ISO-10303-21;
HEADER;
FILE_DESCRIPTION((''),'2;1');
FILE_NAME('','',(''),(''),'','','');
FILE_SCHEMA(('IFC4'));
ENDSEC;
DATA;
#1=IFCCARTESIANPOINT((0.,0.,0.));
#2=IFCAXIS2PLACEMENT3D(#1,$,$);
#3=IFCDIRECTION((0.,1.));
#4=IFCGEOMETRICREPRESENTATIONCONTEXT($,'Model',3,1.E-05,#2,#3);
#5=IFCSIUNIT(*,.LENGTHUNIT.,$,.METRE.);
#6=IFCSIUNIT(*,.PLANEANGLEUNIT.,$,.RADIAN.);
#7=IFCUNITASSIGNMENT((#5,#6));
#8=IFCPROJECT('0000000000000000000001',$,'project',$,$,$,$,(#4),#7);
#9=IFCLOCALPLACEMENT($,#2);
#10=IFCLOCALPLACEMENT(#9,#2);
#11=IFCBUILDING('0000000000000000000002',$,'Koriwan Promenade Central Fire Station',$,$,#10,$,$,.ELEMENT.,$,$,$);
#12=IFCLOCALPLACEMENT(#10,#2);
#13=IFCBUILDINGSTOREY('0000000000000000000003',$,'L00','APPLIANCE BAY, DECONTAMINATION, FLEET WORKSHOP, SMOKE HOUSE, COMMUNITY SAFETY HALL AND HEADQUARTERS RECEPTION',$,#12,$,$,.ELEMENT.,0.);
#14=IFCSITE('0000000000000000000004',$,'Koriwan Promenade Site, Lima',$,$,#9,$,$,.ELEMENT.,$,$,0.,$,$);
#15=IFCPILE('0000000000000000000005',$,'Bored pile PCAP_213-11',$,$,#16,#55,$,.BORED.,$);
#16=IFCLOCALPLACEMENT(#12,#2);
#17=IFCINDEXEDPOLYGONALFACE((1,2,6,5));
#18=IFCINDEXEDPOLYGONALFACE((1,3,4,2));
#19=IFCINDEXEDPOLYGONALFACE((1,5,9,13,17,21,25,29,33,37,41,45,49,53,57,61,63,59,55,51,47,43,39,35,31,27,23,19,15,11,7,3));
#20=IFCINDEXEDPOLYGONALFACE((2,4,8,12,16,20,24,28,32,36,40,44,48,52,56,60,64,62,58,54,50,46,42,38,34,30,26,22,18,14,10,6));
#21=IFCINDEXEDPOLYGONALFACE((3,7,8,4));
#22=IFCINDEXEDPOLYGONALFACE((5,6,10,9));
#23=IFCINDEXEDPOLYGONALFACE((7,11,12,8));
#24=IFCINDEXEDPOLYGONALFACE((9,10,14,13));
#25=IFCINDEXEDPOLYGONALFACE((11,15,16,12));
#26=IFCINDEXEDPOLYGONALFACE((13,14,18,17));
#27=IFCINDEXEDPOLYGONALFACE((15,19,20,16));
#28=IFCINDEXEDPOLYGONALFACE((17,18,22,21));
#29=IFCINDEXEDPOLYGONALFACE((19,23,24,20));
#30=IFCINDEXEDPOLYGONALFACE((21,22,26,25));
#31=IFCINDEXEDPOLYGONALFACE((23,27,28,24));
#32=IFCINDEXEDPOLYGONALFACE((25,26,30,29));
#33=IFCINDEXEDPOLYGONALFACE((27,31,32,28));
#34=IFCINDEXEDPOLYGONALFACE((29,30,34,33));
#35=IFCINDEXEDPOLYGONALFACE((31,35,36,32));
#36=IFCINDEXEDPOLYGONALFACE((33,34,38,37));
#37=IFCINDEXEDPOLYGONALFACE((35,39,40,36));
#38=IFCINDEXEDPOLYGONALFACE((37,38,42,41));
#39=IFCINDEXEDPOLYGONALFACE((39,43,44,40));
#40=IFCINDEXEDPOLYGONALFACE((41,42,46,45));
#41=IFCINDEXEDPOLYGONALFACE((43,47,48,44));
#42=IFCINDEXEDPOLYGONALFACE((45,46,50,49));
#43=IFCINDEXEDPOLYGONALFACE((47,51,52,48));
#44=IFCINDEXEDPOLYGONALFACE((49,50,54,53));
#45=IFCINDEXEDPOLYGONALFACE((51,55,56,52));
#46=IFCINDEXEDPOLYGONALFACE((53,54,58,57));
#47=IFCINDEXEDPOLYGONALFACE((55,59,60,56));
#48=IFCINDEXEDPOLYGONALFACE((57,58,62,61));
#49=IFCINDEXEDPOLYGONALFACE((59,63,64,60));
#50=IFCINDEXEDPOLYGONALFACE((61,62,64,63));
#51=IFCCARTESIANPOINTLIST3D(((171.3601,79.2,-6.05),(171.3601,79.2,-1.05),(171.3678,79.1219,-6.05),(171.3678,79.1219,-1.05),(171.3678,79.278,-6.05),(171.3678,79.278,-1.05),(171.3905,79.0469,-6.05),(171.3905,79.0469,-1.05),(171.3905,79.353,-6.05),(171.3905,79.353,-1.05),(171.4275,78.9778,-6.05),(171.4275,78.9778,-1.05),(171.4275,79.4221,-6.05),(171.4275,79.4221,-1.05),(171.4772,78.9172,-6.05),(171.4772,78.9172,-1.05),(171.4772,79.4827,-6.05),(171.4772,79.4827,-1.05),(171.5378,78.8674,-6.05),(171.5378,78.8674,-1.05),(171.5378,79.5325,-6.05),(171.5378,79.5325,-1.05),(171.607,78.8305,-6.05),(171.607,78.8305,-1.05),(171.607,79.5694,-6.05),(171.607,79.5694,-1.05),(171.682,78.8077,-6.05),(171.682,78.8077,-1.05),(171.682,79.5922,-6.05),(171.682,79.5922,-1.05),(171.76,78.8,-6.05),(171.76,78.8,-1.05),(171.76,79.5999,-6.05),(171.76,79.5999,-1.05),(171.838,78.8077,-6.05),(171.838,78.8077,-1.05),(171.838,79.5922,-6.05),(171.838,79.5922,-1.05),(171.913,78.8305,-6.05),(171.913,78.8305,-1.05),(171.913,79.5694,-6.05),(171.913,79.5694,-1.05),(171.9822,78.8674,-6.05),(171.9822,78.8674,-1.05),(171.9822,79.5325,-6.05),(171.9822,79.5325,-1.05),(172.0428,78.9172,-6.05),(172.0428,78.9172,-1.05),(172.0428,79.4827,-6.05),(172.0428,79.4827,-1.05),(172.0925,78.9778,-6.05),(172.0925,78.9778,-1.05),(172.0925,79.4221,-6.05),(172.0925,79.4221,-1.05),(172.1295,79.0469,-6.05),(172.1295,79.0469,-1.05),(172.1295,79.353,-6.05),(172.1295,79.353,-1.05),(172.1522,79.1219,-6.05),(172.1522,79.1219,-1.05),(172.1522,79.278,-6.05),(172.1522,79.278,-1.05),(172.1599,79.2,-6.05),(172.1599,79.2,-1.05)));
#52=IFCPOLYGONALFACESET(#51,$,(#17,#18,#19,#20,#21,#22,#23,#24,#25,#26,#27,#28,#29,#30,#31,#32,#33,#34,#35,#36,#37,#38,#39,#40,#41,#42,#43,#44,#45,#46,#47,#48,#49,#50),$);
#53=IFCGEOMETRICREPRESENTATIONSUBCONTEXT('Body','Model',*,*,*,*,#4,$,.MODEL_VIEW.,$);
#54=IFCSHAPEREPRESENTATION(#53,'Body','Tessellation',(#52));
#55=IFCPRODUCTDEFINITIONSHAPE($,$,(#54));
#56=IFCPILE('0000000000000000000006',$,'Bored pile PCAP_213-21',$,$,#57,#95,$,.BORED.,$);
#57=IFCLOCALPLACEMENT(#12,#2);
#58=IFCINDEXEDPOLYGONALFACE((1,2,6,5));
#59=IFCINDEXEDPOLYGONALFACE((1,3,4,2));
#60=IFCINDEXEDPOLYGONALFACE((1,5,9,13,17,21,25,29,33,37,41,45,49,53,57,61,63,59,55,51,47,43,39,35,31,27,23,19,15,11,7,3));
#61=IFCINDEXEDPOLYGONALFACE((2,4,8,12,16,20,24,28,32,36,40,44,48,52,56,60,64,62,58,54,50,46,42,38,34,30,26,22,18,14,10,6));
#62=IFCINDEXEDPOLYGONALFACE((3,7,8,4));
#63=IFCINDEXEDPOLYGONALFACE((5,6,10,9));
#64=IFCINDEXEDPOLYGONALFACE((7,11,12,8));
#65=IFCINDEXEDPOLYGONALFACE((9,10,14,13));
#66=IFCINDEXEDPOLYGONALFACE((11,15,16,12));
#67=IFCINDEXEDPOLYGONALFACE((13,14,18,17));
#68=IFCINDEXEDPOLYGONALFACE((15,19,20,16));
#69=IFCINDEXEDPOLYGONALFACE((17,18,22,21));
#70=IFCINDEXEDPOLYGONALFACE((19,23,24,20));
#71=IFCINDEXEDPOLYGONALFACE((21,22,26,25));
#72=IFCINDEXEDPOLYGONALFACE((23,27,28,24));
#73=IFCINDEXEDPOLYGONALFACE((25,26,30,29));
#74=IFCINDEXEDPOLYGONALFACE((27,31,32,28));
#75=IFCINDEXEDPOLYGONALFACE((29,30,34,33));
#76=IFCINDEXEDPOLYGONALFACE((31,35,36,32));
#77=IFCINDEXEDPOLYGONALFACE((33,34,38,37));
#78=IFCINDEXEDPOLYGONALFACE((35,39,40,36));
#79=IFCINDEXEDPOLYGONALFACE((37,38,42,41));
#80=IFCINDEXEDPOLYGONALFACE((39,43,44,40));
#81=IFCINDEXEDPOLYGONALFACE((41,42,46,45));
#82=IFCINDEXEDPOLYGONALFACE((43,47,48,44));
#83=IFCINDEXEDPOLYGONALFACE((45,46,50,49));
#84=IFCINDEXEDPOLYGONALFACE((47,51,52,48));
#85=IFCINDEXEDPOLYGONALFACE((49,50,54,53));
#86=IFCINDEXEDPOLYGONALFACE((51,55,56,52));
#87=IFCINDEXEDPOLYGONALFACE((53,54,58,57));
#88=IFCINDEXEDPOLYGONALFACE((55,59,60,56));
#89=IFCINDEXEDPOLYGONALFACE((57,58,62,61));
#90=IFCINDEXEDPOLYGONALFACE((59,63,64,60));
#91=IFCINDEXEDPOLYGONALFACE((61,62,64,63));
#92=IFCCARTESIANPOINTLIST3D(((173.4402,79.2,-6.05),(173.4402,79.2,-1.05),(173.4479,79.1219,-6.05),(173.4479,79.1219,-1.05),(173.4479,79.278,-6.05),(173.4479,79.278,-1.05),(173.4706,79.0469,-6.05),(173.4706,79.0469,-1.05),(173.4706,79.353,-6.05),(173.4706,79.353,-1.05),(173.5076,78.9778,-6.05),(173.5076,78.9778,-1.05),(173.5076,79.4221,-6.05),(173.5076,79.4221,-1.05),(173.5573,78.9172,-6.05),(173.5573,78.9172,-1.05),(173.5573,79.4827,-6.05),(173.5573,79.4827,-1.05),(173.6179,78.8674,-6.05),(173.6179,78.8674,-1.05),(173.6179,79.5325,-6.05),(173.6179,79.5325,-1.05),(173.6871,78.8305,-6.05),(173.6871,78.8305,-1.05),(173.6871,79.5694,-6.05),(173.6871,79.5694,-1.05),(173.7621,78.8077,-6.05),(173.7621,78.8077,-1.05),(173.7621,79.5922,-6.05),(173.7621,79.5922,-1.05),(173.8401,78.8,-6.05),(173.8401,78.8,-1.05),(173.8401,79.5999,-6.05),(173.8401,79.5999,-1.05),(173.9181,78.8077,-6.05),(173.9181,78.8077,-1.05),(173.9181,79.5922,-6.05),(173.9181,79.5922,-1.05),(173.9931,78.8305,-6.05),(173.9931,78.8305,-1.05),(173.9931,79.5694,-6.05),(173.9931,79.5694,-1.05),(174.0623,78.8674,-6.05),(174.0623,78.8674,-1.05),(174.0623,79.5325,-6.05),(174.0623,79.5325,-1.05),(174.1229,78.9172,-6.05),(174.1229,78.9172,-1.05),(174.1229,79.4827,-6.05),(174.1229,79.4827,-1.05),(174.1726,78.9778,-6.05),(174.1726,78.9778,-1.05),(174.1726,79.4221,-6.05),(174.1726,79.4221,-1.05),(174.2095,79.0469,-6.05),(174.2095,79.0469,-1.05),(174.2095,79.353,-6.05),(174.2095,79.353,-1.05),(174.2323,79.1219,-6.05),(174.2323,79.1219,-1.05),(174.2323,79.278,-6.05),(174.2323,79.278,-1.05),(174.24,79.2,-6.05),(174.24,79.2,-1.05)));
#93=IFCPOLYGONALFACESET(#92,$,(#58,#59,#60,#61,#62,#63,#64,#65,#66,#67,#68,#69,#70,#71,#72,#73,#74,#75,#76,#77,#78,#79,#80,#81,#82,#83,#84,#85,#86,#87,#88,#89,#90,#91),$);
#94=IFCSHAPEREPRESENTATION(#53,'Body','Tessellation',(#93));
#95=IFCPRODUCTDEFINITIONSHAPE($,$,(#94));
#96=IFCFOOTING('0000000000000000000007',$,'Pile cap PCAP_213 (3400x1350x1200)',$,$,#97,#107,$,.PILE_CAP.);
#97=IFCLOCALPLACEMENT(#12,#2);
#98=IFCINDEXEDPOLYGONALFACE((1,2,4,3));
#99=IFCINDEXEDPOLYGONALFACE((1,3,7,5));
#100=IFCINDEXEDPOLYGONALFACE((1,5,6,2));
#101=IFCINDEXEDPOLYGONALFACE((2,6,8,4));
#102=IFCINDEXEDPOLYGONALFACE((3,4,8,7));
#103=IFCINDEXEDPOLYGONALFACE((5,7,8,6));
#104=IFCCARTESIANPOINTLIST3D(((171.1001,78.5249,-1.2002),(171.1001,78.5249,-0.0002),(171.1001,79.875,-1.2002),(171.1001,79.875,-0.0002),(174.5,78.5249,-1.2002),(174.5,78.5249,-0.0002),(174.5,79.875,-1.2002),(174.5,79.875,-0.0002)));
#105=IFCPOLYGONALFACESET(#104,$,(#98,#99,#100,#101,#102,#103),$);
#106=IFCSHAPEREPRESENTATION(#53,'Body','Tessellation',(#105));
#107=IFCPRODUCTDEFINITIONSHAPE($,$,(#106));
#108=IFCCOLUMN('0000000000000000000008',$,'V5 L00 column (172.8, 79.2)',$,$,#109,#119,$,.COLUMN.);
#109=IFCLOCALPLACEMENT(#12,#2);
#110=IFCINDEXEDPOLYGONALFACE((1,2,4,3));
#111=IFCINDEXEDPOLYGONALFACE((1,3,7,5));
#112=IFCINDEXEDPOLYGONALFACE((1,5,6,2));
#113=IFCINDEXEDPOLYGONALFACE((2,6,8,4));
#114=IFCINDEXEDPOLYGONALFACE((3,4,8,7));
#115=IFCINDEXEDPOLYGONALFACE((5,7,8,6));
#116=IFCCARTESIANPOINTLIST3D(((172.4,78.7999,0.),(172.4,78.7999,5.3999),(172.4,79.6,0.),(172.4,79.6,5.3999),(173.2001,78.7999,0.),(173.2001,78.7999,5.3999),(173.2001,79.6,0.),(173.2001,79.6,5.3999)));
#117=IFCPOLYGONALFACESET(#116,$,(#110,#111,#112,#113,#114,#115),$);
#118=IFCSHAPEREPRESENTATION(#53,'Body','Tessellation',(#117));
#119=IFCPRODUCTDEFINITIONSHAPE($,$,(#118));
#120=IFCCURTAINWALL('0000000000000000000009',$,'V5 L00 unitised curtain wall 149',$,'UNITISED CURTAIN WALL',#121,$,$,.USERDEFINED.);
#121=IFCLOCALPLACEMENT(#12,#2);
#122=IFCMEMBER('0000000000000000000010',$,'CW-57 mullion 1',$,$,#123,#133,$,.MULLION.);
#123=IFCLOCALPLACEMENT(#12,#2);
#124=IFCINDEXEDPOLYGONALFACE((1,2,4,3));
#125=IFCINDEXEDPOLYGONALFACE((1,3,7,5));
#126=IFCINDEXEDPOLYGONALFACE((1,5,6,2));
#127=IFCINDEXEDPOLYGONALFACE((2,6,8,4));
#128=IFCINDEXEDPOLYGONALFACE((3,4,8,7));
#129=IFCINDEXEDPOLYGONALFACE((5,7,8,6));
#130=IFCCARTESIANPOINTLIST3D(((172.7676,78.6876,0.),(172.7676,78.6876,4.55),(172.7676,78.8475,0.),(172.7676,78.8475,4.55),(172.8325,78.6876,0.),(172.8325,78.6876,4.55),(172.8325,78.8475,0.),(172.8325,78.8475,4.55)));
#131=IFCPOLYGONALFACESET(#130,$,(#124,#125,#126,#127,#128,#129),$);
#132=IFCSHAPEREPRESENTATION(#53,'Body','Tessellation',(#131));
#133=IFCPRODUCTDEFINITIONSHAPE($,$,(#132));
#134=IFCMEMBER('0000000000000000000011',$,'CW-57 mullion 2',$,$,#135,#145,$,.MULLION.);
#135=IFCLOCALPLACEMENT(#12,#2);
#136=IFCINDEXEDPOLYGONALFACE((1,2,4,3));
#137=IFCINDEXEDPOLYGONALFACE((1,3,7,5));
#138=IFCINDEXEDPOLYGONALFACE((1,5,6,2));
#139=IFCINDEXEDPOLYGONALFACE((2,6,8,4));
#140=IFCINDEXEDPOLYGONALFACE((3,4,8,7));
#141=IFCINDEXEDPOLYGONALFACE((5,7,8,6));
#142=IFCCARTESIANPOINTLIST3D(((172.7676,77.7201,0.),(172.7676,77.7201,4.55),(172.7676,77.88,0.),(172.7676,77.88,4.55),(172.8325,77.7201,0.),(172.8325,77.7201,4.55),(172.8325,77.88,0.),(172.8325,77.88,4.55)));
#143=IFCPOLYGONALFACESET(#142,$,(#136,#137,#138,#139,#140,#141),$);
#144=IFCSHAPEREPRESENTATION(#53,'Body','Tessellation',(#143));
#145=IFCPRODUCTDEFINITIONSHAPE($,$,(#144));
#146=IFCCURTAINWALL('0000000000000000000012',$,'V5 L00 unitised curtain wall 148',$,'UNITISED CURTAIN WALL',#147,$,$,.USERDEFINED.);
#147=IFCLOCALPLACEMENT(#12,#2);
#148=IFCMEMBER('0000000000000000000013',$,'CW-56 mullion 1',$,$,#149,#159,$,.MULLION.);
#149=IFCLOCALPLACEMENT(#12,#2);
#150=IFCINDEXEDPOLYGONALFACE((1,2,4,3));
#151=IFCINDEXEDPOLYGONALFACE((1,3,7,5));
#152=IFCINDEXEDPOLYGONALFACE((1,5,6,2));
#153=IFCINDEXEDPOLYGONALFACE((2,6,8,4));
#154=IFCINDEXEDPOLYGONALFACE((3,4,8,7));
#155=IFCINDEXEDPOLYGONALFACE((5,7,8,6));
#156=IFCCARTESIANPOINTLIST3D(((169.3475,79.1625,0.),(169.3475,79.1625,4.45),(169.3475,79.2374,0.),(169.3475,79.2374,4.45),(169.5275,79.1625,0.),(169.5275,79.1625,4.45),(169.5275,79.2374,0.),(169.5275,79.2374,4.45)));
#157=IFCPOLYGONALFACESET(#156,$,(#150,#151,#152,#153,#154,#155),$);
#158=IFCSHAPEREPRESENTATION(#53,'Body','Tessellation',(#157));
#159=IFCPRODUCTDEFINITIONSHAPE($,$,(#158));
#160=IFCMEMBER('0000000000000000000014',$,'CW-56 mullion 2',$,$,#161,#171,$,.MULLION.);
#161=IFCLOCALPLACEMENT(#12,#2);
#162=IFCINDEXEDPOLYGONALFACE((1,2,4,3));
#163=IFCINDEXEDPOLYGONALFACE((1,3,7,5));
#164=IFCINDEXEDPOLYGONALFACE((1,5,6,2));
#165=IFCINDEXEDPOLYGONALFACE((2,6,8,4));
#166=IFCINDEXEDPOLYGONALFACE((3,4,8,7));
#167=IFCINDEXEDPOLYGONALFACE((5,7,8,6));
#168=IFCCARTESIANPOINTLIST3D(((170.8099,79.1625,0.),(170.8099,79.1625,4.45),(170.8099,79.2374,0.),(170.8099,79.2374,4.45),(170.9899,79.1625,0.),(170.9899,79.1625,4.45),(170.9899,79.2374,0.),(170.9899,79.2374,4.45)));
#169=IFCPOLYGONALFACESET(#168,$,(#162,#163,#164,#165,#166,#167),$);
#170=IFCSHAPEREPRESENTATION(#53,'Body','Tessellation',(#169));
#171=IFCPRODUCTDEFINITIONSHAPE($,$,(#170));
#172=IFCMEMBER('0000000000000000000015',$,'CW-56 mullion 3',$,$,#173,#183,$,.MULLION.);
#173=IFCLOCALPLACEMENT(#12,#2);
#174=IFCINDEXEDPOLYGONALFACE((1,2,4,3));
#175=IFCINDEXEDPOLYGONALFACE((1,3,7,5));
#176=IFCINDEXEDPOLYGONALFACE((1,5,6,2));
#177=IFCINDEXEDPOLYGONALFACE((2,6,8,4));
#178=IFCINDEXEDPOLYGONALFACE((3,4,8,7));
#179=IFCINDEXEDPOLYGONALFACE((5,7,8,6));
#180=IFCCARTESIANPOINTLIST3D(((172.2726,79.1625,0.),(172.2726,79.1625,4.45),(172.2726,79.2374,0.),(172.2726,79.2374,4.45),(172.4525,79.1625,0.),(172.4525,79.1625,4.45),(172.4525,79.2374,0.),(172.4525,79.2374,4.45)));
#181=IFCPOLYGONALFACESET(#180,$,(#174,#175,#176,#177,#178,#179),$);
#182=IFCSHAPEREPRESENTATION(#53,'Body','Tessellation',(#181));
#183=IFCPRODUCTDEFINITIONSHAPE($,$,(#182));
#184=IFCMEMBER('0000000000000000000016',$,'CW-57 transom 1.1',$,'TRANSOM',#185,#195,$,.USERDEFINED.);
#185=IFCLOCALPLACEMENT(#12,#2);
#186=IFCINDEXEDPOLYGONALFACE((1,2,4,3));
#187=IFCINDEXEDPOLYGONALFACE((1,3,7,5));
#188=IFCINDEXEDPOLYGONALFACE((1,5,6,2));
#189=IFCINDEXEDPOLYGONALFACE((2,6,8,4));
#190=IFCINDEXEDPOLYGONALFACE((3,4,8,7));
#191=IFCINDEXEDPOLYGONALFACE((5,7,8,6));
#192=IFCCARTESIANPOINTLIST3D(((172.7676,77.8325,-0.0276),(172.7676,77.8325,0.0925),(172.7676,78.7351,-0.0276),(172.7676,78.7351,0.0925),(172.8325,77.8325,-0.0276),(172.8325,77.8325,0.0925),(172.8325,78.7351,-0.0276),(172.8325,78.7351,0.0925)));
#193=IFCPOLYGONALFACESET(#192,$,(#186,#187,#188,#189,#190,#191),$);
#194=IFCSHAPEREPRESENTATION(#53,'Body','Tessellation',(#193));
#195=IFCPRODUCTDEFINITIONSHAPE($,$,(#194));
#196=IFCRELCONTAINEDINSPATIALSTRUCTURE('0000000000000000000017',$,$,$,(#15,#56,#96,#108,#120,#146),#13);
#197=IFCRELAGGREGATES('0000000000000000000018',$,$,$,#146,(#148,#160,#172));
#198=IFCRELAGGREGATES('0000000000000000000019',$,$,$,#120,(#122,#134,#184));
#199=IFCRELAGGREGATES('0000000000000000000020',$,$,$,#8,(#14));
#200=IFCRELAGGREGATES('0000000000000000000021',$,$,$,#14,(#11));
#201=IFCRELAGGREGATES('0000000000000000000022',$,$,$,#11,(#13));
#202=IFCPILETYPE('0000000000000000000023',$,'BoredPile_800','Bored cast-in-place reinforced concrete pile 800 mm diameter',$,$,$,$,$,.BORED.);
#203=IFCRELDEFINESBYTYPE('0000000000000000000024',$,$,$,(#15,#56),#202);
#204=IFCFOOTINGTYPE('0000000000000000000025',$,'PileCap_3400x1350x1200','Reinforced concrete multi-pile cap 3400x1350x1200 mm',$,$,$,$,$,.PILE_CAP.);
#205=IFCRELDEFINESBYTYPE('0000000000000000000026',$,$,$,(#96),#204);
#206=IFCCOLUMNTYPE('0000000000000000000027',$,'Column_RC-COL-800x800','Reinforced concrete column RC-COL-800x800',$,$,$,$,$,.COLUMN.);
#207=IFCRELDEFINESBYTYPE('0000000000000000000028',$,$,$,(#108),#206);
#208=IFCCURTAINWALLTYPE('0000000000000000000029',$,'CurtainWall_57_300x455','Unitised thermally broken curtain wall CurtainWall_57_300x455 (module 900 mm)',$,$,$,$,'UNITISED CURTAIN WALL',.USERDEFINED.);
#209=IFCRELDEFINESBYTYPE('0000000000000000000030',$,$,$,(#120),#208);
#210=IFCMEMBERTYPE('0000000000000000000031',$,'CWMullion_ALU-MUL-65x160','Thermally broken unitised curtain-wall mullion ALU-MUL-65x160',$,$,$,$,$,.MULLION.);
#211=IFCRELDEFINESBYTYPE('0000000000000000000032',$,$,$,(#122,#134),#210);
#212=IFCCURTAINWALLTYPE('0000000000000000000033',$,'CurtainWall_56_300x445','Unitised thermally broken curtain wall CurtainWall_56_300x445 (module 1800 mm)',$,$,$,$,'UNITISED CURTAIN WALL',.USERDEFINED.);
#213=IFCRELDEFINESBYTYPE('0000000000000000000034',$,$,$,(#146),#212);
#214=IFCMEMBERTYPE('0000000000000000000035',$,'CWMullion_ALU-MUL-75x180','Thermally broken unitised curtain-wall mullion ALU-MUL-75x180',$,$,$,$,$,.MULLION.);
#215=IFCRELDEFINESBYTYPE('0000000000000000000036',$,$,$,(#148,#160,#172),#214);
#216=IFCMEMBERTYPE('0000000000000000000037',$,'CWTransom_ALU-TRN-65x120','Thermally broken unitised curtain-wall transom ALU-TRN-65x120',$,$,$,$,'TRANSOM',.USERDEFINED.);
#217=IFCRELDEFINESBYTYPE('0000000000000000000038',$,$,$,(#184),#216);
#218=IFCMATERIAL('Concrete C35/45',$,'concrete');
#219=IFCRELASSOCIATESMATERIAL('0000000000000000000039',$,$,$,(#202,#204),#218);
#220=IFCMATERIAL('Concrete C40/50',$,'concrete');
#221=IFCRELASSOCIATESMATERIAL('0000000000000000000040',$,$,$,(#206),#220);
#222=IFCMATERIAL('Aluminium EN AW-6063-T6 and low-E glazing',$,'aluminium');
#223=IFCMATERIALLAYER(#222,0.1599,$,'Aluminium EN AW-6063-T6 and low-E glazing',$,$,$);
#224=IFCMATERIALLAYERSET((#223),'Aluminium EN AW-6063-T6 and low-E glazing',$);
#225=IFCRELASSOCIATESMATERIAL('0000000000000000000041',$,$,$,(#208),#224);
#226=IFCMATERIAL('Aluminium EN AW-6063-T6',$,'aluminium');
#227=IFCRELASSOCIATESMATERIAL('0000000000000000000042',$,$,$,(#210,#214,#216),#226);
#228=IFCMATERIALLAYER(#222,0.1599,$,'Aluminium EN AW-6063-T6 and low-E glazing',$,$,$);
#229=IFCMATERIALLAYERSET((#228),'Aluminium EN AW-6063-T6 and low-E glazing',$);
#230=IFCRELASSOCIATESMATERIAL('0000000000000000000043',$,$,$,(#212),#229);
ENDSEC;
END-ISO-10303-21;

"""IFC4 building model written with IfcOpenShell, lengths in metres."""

from ifc_helpers import new_model, si_unit, direction, frame, origin, origin_2d, place, context, subcontext, project, spatial, rectangle, circle, extrude, material, layer, layer_set, material_profile, profile_set, type_object, element, aggregate, save


model = new_model("IFC4")

# Units and contexts
model_context = context("Model", 3, precision=1e-05, world=origin(), true_north=direction((0.0, 1.0)))
body_context = subcontext(model_context, "Body", "Model", "MODEL_VIEW")
ifc_project = project(units=[si_unit("LENGTHUNIT", "METRE"), si_unit("PLANEANGLEUNIT", "RADIAN")], contexts=[model_context])

# Site, building, storey
site_placement = place(None, origin())
site = spatial("IfcSite", under=ifc_project, at=site_placement, Name="Koriwan Promenade Site, Lima", CompositionType="ELEMENT", RefElevation=0.0)
building_placement = place(site_placement, origin())
building = spatial("IfcBuilding", under=site, at=building_placement, Name="Koriwan Promenade Central Fire Station", CompositionType="ELEMENT")
storey_placement = place(building_placement, origin())
storey = spatial("IfcBuildingStorey", under=building, at=storey_placement, Name="L00", Description="APPLIANCE BAY, DECONTAMINATION, FLEET WORKSHOP, SMOKE HOUSE, COMMUNITY SAFETY HALL AND HEADQUARTERS RECEPTION", CompositionType="ELEMENT", Elevation=0.0)

# Piles
ifc_material_1 = material(Name="Concrete C35/45", Category="concrete")
ifc_material_profile_1 = material_profile(ifc_material_1, circle(Radius=0.3999, at=origin_2d()), Name="PILE-D800")
ifc_profile_set_1 = profile_set([ifc_material_profile_1], Name="Concrete C35/45")
pile_type = type_object("IfcPileType", Name="BoredPile_800", Description="Bored cast-in-place reinforced concrete pile 800 mm diameter", PredefinedType="BORED", material=ifc_profile_set_1)
for number, where, z_axis, x_axis, name in (
    (1, (171.76, 79.2, -1.05), (0.0, 0.0, -1.0), (1.0, 0.0, 0.0), "Bored pile PCAP_213-11"),
    (2, (173.8401, 79.2, -1.05), (0.0, 0.0, -1.0), (1.0, 0.0, 0.0), "Bored pile PCAP_213-21"),
):
    element("IfcPile", number, at=place(storey_placement, frame(where, z_axis=z_axis, x_axis=x_axis)), inside=storey, type_object=pile_type, Name=name, PredefinedType="BORED", context=body_context, shape_type="SweptSolid", body=[
        extrude(circle(Radius=0.3999, at=origin_2d()), origin(), (0.0, 0.0, 1.0), 5.0),
    ])

# Footing
footing_type = type_object("IfcFootingType", Name="PileCap_3400x1350x1200", Description="Reinforced concrete multi-pile cap 3400x1350x1200 mm", PredefinedType="PILE_CAP", material=ifc_material_1)
footing_placement = place(storey_placement, frame((172.8, 79.2, -1.2002), z_axis=(0.0, 0.0, 1.0), x_axis=(1.0, 0.0, 0.0)))
element("IfcFooting", 3, at=footing_placement, inside=storey, type_object=footing_type, Name="Pile cap PCAP_213 (3400x1350x1200)", PredefinedType="PILE_CAP", context=body_context, shape_type="SweptSolid", body=[
    extrude(rectangle(XDim=3.3999, YDim=1.3501, at=origin_2d()), origin(), (0.0, 0.0, 1.0), 1.2),
])

# Column
ifc_material_2 = material(Name="Concrete C40/50", Category="concrete")
ifc_material_profile_2 = material_profile(ifc_material_2, rectangle(XDim=0.8, YDim=0.8, at=origin_2d()), Name="RC-COL-800x800")
ifc_profile_set_2 = profile_set([ifc_material_profile_2], Name="Concrete C40/50")
column_type = type_object("IfcColumnType", Name="Column_RC-COL-800x800", Description="Reinforced concrete column RC-COL-800x800", PredefinedType="COLUMN", material=ifc_profile_set_2)
column_placement = place(storey_placement, frame((172.8, 79.2, 0.0), z_axis=(0.0, 0.0, 1.0), x_axis=(1.0, 0.0, 0.0)))
element("IfcColumn", 4, at=column_placement, inside=storey, type_object=column_type, Name="V5 L00 column (172.8, 79.2)", PredefinedType="COLUMN", context=body_context, shape_type="SweptSolid", body=[
    extrude(rectangle(XDim=0.8, YDim=0.8, at=origin_2d()), origin(), (0.0, 0.0, 1.0), 5.3999),
])

# Curtain walls, members
ifc_material_3 = material(Name="Aluminium EN AW-6063-T6 and low-E glazing", Category="aluminium")
ifc_layer_1 = layer(ifc_material_3, 0.1599, Name="Aluminium EN AW-6063-T6 and low-E glazing")
ifc_layer_set_1 = layer_set([ifc_layer_1], Name="Aluminium EN AW-6063-T6 and low-E glazing")
curtain_wall_type_1 = type_object("IfcCurtainWallType", Name="CurtainWall_57_300x455", Description="Unitised thermally broken curtain wall CurtainWall_57_300x455 (module 900 mm)", ElementType="UNITISED CURTAIN WALL", PredefinedType="USERDEFINED", material=ifc_layer_set_1)
curtain_wall_1_placement = place(storey_placement, origin())
curtain_wall_1 = element("IfcCurtainWall", 5, at=curtain_wall_1_placement, inside=storey, type_object=curtain_wall_type_1, Name="V5 L00 unitised curtain wall 149", ObjectType="UNITISED CURTAIN WALL", PredefinedType="USERDEFINED")
ifc_material_4 = material(Name="Aluminium EN AW-6063-T6", Category="aluminium")
ifc_material_profile_3 = material_profile(ifc_material_4, rectangle(XDim=0.0649, YDim=0.1599, at=origin_2d()), Name="ALU-MUL-65x160")
ifc_profile_set_3 = profile_set([ifc_material_profile_3], Name="Aluminium EN AW-6063-T6")
member_type_1 = type_object("IfcMemberType", Name="CWMullion_ALU-MUL-65x160", Description="Thermally broken unitised curtain-wall mullion ALU-MUL-65x160", PredefinedType="MULLION", material=ifc_profile_set_3)
member_1_placement = place(storey_placement, frame((172.8, 78.7676, 0.0), z_axis=(0.0, 0.0, 1.0), x_axis=(1.0, 0.0, 0.0)))
member_1 = element("IfcMember", 6, at=member_1_placement, type_object=member_type_1, Name="CW-57 mullion 1", PredefinedType="MULLION", context=body_context, shape_type="SweptSolid", body=[
    extrude(rectangle(XDim=0.0649, YDim=0.1599, at=origin_2d()), origin(), (0.0, 0.0, 1.0), 4.55),
])
member_2_placement = place(storey_placement, frame((172.8, 77.8, 0.0), z_axis=(0.0, 0.0, 1.0), x_axis=(1.0, 0.0, 0.0)))
member_2 = element("IfcMember", 7, at=member_2_placement, type_object=member_type_1, Name="CW-57 mullion 2", PredefinedType="MULLION", context=body_context, shape_type="SweptSolid", body=[
    extrude(rectangle(XDim=0.0649, YDim=0.1599, at=origin_2d()), origin(), (0.0, 0.0, 1.0), 4.55),
])
ifc_layer_2 = layer(ifc_material_3, 0.1599, Name="Aluminium EN AW-6063-T6 and low-E glazing")
ifc_layer_set_2 = layer_set([ifc_layer_2], Name="Aluminium EN AW-6063-T6 and low-E glazing")
curtain_wall_type_2 = type_object("IfcCurtainWallType", Name="CurtainWall_56_300x445", Description="Unitised thermally broken curtain wall CurtainWall_56_300x445 (module 1800 mm)", ElementType="UNITISED CURTAIN WALL", PredefinedType="USERDEFINED", material=ifc_layer_set_2)
curtain_wall_2_placement = place(storey_placement, origin())
curtain_wall_2 = element("IfcCurtainWall", 8, at=curtain_wall_2_placement, inside=storey, type_object=curtain_wall_type_2, Name="V5 L00 unitised curtain wall 148", ObjectType="UNITISED CURTAIN WALL", PredefinedType="USERDEFINED")
ifc_material_profile_4 = material_profile(ifc_material_4, rectangle(XDim=0.075, YDim=0.1799, at=origin_2d()), Name="ALU-MUL-75x180")
ifc_profile_set_4 = profile_set([ifc_material_profile_4], Name="Aluminium EN AW-6063-T6")
member_type_2 = type_object("IfcMemberType", Name="CWMullion_ALU-MUL-75x180", Description="Thermally broken unitised curtain-wall mullion ALU-MUL-75x180", PredefinedType="MULLION", material=ifc_profile_set_4)
member_3_placement = place(storey_placement, frame((169.4375, 79.2, 0.0), z_axis=(0.0, 0.0, 1.0), x_axis=(0.0, 1.0, 0.0)))
member_3 = element("IfcMember", 9, at=member_3_placement, type_object=member_type_2, Name="CW-56 mullion 1", PredefinedType="MULLION", context=body_context, shape_type="SweptSolid", body=[
    extrude(rectangle(XDim=0.075, YDim=0.1799, at=origin_2d()), origin(), (0.0, 0.0, 1.0), 4.45),
])
member_4_placement = place(storey_placement, frame((170.8999, 79.2, 0.0), z_axis=(0.0, 0.0, 1.0), x_axis=(0.0, 1.0, 0.0)))
member_4 = element("IfcMember", 10, at=member_4_placement, type_object=member_type_2, Name="CW-56 mullion 2", PredefinedType="MULLION", context=body_context, shape_type="SweptSolid", body=[
    extrude(rectangle(XDim=0.075, YDim=0.1799, at=origin_2d()), origin(), (0.0, 0.0, 1.0), 4.45),
])
member_5_placement = place(storey_placement, frame((172.3625, 79.2, 0.0), z_axis=(0.0, 0.0, 1.0), x_axis=(0.0, 1.0, 0.0)))
member_5 = element("IfcMember", 11, at=member_5_placement, type_object=member_type_2, Name="CW-56 mullion 3", PredefinedType="MULLION", context=body_context, shape_type="SweptSolid", body=[
    extrude(rectangle(XDim=0.075, YDim=0.1799, at=origin_2d()), origin(), (0.0, 0.0, 1.0), 4.45),
])

# Member
ifc_material_profile_5 = material_profile(ifc_material_4, rectangle(XDim=0.0649, YDim=0.1201, at=origin_2d()), Name="ALU-TRN-65x120")
ifc_profile_set_5 = profile_set([ifc_material_profile_5], Name="Aluminium EN AW-6063-T6")
member_type_3 = type_object("IfcMemberType", Name="CWTransom_ALU-TRN-65x120", Description="Thermally broken unitised curtain-wall transom ALU-TRN-65x120", ElementType="TRANSOM", PredefinedType="USERDEFINED", material=ifc_profile_set_5)
member_6_placement = place(storey_placement, frame((172.8, 78.7351, 0.0325), z_axis=(0.0, -1.0, 0.0), x_axis=(1.0, 0.0, 0.0)))
member_6 = element("IfcMember", 12, at=member_6_placement, type_object=member_type_3, Name="CW-57 transom 1.1", ObjectType="TRANSOM", PredefinedType="USERDEFINED", context=body_context, shape_type="SweptSolid", body=[
    extrude(rectangle(XDim=0.0649, YDim=0.1201, at=origin_2d()), origin(), (0.0, 0.0, 1.0), 0.9026),
])

aggregate(curtain_wall_2, [member_3, member_4, member_5])
aggregate(curtain_wall_1, [member_1, member_2, member_6])

save(model, "model.ifc")
